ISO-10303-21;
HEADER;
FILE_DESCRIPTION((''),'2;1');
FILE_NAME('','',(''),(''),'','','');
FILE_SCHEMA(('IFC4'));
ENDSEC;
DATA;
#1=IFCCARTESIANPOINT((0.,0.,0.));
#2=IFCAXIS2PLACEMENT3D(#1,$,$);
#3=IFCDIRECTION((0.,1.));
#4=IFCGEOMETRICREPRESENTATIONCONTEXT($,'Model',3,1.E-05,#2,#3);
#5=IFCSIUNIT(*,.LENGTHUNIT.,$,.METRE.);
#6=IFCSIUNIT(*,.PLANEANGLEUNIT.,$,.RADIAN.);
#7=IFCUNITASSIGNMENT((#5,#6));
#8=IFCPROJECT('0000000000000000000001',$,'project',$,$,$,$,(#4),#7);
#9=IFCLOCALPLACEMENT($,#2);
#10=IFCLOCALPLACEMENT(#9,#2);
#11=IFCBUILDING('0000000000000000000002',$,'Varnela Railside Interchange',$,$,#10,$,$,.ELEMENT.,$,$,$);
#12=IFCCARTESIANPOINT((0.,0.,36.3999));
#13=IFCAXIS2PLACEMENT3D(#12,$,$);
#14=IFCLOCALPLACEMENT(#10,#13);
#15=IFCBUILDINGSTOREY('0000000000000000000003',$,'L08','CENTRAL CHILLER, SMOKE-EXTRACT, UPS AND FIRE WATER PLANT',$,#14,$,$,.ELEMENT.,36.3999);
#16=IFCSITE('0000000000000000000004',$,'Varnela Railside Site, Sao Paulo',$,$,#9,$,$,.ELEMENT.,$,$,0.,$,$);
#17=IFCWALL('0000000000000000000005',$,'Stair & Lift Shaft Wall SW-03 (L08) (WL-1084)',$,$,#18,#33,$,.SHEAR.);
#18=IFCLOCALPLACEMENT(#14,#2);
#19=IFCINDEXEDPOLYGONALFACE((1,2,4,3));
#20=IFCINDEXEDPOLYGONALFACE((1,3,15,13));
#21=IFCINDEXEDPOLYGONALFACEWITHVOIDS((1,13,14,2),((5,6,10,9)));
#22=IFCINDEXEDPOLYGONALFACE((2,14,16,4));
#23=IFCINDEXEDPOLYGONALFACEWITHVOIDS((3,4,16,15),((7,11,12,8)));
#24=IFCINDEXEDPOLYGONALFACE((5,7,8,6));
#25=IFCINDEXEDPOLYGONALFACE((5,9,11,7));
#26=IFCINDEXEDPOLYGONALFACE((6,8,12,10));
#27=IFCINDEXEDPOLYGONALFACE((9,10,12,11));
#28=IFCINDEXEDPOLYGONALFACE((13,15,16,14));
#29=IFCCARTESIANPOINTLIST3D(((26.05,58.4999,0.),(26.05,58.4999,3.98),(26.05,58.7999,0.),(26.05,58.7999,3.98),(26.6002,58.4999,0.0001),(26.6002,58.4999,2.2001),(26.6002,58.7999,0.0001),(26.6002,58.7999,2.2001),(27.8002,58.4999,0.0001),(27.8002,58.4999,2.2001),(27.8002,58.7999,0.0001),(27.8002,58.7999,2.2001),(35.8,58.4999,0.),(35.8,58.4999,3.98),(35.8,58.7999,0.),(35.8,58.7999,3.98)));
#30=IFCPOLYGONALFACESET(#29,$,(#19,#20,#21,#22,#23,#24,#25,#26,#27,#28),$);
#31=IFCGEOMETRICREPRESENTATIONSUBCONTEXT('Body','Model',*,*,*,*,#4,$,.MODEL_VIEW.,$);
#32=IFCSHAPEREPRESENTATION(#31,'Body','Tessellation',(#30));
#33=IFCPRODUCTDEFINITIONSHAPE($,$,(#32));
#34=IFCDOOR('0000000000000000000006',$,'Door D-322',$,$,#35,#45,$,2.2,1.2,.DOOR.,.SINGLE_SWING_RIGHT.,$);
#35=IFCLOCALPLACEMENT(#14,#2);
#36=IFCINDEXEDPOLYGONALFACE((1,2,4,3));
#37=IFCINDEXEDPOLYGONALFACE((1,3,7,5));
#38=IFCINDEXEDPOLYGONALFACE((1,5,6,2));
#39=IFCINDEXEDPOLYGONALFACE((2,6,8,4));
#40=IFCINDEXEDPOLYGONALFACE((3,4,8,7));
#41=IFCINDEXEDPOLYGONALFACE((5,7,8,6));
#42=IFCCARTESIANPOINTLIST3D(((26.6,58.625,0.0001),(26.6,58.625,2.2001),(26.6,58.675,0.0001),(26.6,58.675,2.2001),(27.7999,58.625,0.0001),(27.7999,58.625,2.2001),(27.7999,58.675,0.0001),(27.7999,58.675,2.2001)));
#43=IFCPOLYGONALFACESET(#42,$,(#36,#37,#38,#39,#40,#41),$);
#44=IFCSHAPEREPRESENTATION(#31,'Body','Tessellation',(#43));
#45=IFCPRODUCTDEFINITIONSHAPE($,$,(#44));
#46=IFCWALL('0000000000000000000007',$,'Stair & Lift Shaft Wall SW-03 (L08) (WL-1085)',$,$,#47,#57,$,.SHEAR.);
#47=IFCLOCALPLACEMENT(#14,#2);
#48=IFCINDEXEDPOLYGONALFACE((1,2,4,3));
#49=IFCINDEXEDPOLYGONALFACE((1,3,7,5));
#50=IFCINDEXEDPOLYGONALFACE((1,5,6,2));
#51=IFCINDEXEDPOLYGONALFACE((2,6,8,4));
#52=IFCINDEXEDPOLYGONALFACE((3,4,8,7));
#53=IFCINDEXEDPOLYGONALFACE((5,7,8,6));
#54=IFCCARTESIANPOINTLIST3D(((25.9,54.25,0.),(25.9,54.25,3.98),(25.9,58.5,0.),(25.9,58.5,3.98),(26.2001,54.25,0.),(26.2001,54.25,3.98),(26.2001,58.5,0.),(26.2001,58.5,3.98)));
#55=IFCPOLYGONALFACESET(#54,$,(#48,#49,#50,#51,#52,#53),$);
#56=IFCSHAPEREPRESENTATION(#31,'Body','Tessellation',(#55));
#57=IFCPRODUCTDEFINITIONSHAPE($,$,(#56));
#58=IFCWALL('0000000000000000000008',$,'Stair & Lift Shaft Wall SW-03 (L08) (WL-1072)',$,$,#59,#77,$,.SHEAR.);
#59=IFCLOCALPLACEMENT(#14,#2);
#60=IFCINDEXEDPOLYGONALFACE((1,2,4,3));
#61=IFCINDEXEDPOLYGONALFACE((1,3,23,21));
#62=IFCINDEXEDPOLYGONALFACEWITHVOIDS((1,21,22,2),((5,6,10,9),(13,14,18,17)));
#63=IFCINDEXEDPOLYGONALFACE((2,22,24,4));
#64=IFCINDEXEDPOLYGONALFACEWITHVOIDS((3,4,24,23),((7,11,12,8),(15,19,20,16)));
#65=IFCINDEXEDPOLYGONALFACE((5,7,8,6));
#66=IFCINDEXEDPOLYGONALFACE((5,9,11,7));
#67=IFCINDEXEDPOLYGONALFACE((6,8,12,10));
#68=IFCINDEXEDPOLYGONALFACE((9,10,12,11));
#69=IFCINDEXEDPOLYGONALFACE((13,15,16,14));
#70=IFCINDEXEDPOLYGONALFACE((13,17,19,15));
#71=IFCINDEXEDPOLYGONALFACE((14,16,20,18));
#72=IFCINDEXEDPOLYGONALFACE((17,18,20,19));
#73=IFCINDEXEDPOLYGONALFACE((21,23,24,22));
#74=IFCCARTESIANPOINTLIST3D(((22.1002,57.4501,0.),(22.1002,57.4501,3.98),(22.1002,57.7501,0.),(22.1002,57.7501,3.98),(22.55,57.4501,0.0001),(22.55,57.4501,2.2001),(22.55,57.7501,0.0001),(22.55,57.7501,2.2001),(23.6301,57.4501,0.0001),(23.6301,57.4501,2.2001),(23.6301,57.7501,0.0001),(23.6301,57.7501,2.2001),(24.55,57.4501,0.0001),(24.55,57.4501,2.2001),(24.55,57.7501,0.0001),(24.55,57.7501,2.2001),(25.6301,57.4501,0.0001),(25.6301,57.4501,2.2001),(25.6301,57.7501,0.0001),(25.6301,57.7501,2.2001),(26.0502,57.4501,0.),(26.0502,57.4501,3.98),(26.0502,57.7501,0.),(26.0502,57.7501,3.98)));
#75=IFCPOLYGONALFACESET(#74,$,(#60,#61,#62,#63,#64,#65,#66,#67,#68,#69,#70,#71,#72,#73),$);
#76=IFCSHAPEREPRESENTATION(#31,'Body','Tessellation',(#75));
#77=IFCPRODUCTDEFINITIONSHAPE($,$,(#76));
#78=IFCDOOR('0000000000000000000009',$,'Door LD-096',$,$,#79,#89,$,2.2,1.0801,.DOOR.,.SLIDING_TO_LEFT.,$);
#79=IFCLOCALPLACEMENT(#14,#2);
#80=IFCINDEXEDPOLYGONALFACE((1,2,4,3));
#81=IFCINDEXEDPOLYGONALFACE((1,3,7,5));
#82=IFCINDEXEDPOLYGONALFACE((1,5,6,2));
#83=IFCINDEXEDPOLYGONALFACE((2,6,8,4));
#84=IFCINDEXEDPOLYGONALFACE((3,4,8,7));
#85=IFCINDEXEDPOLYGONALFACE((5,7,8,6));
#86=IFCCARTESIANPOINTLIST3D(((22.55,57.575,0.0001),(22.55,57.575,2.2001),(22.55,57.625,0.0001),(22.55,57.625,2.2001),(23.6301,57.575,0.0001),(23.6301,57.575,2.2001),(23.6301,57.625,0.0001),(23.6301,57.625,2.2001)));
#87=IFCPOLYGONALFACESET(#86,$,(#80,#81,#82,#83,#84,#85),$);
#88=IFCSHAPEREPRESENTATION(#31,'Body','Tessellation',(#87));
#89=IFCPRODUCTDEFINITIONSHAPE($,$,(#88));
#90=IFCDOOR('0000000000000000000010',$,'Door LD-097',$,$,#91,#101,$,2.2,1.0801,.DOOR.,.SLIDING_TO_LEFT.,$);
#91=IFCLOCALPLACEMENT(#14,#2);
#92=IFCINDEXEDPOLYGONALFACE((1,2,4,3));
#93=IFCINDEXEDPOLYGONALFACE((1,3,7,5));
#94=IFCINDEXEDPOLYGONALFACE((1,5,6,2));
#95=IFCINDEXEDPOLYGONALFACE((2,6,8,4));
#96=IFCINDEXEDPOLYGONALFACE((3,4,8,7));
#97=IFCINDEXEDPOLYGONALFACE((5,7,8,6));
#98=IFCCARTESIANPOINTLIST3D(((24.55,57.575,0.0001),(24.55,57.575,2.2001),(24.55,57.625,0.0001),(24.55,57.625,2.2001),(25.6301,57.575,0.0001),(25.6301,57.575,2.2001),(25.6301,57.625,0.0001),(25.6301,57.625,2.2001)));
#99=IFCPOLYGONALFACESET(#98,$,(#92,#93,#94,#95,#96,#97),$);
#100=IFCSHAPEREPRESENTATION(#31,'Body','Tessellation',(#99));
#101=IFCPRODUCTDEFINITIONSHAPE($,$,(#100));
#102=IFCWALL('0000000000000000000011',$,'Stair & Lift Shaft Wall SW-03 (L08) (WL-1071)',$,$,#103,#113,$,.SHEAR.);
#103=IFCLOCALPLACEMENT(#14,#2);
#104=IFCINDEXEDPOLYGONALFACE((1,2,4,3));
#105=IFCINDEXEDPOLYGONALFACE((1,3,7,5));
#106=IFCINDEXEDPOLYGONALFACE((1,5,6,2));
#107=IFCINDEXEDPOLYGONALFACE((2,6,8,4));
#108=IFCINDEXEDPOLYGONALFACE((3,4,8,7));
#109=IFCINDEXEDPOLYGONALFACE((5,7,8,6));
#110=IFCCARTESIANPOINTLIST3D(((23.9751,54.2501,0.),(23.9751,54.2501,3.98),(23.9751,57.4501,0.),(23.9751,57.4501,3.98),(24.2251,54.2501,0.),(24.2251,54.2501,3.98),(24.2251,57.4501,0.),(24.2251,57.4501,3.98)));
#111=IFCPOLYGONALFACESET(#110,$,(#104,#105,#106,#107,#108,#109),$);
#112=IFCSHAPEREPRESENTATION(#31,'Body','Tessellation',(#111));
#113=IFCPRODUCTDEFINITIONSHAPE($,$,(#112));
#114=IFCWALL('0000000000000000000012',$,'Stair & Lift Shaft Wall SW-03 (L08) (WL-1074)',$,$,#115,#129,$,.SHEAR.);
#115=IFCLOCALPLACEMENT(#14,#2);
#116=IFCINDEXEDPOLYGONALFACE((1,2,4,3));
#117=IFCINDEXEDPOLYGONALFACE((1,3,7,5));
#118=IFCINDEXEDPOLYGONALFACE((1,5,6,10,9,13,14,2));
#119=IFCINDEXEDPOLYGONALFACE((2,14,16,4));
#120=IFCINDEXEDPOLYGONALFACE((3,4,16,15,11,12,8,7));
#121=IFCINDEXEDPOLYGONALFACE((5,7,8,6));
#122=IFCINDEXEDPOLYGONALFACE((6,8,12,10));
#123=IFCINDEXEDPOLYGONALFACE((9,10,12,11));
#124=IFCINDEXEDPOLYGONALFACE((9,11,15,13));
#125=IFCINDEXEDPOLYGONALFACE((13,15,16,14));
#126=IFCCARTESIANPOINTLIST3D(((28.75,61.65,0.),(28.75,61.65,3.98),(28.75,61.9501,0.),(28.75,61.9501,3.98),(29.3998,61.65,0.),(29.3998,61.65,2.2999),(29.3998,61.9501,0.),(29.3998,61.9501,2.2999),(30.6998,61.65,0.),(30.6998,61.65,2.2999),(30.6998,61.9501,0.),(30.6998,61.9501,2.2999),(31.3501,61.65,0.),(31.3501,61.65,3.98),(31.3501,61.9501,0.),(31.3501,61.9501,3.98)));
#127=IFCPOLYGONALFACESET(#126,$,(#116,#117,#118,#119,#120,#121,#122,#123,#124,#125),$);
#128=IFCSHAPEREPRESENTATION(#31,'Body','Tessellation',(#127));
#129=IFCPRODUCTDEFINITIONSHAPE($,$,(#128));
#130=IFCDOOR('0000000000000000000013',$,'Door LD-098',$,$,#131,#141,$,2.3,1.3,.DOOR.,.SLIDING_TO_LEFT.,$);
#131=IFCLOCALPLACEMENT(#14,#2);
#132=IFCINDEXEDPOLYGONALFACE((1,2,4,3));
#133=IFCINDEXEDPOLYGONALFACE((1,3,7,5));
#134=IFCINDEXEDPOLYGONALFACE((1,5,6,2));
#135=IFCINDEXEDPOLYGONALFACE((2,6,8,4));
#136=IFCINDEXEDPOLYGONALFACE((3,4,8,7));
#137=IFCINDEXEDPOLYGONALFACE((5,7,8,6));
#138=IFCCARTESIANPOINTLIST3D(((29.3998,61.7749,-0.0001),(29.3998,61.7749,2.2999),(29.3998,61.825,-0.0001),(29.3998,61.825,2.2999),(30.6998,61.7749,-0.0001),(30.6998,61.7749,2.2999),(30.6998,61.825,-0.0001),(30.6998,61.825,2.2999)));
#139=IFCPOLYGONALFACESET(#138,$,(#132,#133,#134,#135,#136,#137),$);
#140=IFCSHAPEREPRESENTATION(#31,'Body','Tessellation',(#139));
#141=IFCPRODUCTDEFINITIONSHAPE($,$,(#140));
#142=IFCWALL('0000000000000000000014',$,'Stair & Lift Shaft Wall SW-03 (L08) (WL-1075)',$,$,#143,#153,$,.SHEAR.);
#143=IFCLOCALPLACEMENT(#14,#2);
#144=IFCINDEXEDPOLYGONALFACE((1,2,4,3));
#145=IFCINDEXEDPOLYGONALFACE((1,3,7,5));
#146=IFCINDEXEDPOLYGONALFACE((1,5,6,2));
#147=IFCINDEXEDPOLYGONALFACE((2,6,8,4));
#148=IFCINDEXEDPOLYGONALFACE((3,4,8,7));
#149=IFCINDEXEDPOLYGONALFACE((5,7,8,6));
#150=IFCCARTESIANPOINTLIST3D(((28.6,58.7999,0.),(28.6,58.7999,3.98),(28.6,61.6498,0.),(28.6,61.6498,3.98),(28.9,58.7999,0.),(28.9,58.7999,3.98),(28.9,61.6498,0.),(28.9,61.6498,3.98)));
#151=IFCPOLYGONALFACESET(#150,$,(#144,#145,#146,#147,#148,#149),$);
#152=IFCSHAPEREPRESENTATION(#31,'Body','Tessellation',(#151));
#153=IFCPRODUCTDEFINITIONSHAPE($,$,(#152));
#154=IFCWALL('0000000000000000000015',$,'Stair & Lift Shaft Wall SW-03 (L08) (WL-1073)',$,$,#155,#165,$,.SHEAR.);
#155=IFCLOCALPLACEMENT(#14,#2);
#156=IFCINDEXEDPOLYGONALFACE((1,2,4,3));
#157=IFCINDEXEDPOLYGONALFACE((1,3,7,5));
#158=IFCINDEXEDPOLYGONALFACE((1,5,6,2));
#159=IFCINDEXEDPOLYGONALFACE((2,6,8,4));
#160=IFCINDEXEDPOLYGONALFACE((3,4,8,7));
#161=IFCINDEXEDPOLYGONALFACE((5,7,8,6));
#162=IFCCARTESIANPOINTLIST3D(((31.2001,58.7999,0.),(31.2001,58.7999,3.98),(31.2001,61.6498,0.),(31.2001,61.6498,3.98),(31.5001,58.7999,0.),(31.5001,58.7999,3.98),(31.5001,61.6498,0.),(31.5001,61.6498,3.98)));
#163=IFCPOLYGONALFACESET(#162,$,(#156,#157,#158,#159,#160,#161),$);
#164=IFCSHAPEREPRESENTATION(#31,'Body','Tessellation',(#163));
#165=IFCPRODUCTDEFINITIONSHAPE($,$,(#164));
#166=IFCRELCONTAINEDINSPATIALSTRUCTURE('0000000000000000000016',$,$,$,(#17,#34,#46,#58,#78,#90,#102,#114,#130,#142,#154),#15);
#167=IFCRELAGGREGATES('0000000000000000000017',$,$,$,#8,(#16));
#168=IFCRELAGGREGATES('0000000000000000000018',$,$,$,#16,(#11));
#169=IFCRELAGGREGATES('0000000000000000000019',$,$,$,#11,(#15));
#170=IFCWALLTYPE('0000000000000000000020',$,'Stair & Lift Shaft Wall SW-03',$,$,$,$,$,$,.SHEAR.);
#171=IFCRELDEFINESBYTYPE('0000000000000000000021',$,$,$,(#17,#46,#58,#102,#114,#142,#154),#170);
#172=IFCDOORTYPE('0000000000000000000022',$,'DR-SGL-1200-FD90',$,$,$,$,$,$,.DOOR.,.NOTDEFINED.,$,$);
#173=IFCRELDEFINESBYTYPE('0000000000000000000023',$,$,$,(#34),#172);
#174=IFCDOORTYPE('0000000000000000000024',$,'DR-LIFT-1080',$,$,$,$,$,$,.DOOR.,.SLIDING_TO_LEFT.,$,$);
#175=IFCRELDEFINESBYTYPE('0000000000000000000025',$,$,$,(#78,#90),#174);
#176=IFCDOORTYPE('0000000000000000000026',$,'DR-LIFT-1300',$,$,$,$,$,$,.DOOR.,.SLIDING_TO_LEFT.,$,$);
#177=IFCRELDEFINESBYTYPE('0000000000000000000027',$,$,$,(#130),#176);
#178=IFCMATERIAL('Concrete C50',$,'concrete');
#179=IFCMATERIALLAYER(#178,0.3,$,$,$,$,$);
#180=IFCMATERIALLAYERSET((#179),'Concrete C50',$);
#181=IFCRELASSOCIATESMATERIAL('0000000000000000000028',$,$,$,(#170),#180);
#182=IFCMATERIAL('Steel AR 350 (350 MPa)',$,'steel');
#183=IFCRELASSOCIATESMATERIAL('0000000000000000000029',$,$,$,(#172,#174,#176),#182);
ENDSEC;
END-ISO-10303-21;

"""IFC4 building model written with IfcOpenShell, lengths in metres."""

from ifc_helpers import new_model, si_unit, direction, frame, frame_2d, origin, place, context, subcontext, project, spatial, rectangle, extrude, material, layer, layer_set, type_object, element, fill, save


model = new_model("IFC4")

# Units and contexts
model_context = context("Model", 3, precision=1e-05, world=origin(), true_north=direction((0.0, 1.0)))
body_context = subcontext(model_context, "Body", "Model", "MODEL_VIEW")
ifc_project = project(units=[si_unit("LENGTHUNIT", "METRE"), si_unit("PLANEANGLEUNIT", "RADIAN")], contexts=[model_context])

# Site, building, storey
site_placement = place(None, origin())
site = spatial("IfcSite", under=ifc_project, at=site_placement, Name="Varnela Railside Site, Sao Paulo", CompositionType="ELEMENT", RefElevation=0.0)
building_placement = place(site_placement, origin())
building = spatial("IfcBuilding", under=site, at=building_placement, Name="Varnela Railside Interchange", CompositionType="ELEMENT")
storey_placement = place(building_placement, frame((0.0, 0.0, 36.3999)))
storey = spatial("IfcBuildingStorey", under=building, at=storey_placement, Name="L08", Description="CENTRAL CHILLER, SMOKE-EXTRACT, UPS AND FIRE WATER PLANT", CompositionType="ELEMENT", Elevation=36.3999)

# Shared definitions
ifc_material_1 = material(Name="Steel AR 350 (350 MPa)", Category="steel")

# Shared definitions
ifc_material_2 = material(Name="Concrete C50", Category="concrete")

# Shared definitions
ifc_layer_1 = layer(ifc_material_2, 0.3)
ifc_layer_set_1 = layer_set([ifc_layer_1], Name="Concrete C50")
wall_type_1 = type_object("IfcWallType", Name="Stair & Lift Shaft Wall SW-03", PredefinedType="SHEAR", material=ifc_layer_set_1)
door_type_1 = type_object("IfcDoorType", Name="DR-SGL-1200-FD90", OperationType="NOTDEFINED", PredefinedType="DOOR", material=ifc_material_1)

# Wall, opening, door
wall_1_placement = place(storey_placement, frame((26.05, 58.6499, 0.0), z_axis=(0.0, 0.0, 1.0), x_axis=(1.0, 0.0, 0.0)))
wall_1 = element("IfcWall", 1, at=wall_1_placement, inside=storey, type_object=wall_type_1, Name="Stair & Lift Shaft Wall SW-03 (L08) (WL-1084)", PredefinedType="SHEAR", context=body_context, shape_type="SweptSolid", body=[
    extrude(rectangle(XDim=9.75, YDim=0.3, at=frame_2d((4.875, 0.0))), origin(), (0.0, 0.0, 1.0), 3.98),
])
opening_1_placement = place(wall_1_placement, frame((0.55, 0.0, 0.0)))
opening_1 = element("IfcOpeningElement", 2, at=opening_1_placement, cuts=wall_1, PredefinedType="OPENING", context=body_context, shape_type="SweptSolid", body=[
    extrude(rectangle(XDim=1.2, YDim=2.2, at=frame_2d((0.6001, 1.1001))), frame((0.0, 0.1599, 0.0), z_axis=(0.0, -1.0, 0.0), x_axis=(1.0, 0.0, 0.0)), (0.0, 0.0, 1.0), 0.3201),
])
door_1_placement = place(opening_1_placement, frame((1.2, 0.0, 0.0), z_axis=(0.0, 0.0, 1.0), x_axis=(-1.0, 0.0, 0.0)))
door_1 = element("IfcDoor", 3, at=door_1_placement, inside=storey, type_object=door_type_1, Name="Door D-322", OperationType="SINGLE_SWING_RIGHT", OverallHeight=2.2, OverallWidth=1.2, PredefinedType="DOOR", context=body_context, shape_type="SweptSolid", body=[
    extrude(rectangle(XDim=1.2, YDim=2.2, at=frame_2d((0.6001, 1.1001))), frame((0.0, 0.0249, 0.0), z_axis=(0.0, -1.0, 0.0), x_axis=(1.0, 0.0, 0.0)), (0.0, 0.0, 1.0), 0.05),
])
fill(opening_1, door_1)

# Wall
wall_2_placement = place(storey_placement, frame((26.05, 54.25, 0.0), z_axis=(0.0, 0.0, 1.0), x_axis=(0.0, 1.0, 0.0)))
element("IfcWall", 4, at=wall_2_placement, inside=storey, type_object=wall_type_1, Name="Stair & Lift Shaft Wall SW-03 (L08) (WL-1085)", PredefinedType="SHEAR", context=body_context, shape_type="SweptSolid", body=[
    extrude(rectangle(XDim=4.25, YDim=0.3, at=frame_2d((2.125, 0.0))), origin(), (0.0, 0.0, 1.0), 3.98),
])

# Wall, openings, doors
wall_3_placement = place(storey_placement, frame((22.1001, 57.6001, 0.0), z_axis=(0.0, 0.0, 1.0), x_axis=(1.0, 0.0, 0.0)))
wall_3 = element("IfcWall", 5, at=wall_3_placement, inside=storey, type_object=wall_type_1, Name="Stair & Lift Shaft Wall SW-03 (L08) (WL-1072)", PredefinedType="SHEAR", context=body_context, shape_type="SweptSolid", body=[
    extrude(rectangle(XDim=3.95, YDim=0.3, at=frame_2d((1.9751, 0.0))), origin(), (0.0, 0.0, 1.0), 3.98),
])
opening_2_placement = place(wall_3_placement, frame((0.45, 0.0, 0.0)))
opening_2 = element("IfcOpeningElement", 6, at=opening_2_placement, cuts=wall_3, PredefinedType="OPENING", context=body_context, shape_type="SweptSolid", body=[
    extrude(rectangle(XDim=1.0801, YDim=2.2, at=frame_2d((0.54, 1.1001))), frame((0.0, 0.1599, 0.0), z_axis=(0.0, -1.0, 0.0), x_axis=(1.0, 0.0, 0.0)), (0.0, 0.0, 1.0), 0.3201),
])
opening_3_placement = place(wall_3_placement, frame((2.45, 0.0, 0.0)))
opening_3 = element("IfcOpeningElement", 7, at=opening_3_placement, cuts=wall_3, PredefinedType="OPENING", context=body_context, shape_type="SweptSolid", body=[
    extrude(rectangle(XDim=1.0801, YDim=2.2, at=frame_2d((0.54, 1.1001))), frame((0.0, 0.1599, 0.0), z_axis=(0.0, -1.0, 0.0), x_axis=(1.0, 0.0, 0.0)), (0.0, 0.0, 1.0), 0.3201),
])
door_type_2 = type_object("IfcDoorType", Name="DR-LIFT-1080", OperationType="SLIDING_TO_LEFT", PredefinedType="DOOR", material=ifc_material_1)
door_2_placement = place(opening_2_placement, origin())
door_2 = element("IfcDoor", 8, at=door_2_placement, inside=storey, type_object=door_type_2, Name="Door LD-096", OperationType="SLIDING_TO_LEFT", OverallHeight=2.2, OverallWidth=1.0801, PredefinedType="DOOR", context=body_context, shape_type="SweptSolid", body=[
    extrude(rectangle(XDim=1.0801, YDim=2.2, at=frame_2d((0.54, 1.1001))), frame((0.0, 0.0249, 0.0), z_axis=(0.0, -1.0, 0.0), x_axis=(1.0, 0.0, 0.0)), (0.0, 0.0, 1.0), 0.05),
])
fill(opening_2, door_2)
door_3_placement = place(opening_3_placement, origin())
door_3 = element("IfcDoor", 9, at=door_3_placement, inside=storey, type_object=door_type_2, Name="Door LD-097", OperationType="SLIDING_TO_LEFT", OverallHeight=2.2, OverallWidth=1.0801, PredefinedType="DOOR", context=body_context, shape_type="SweptSolid", body=[
    extrude(rectangle(XDim=1.0801, YDim=2.2, at=frame_2d((0.54, 1.1001))), frame((0.0, 0.0249, 0.0), z_axis=(0.0, -1.0, 0.0), x_axis=(1.0, 0.0, 0.0)), (0.0, 0.0, 1.0), 0.05),
])
fill(opening_3, door_3)

# Wall
wall_4_placement = place(storey_placement, frame((24.1001, 54.25, 0.0), z_axis=(0.0, 0.0, 1.0), x_axis=(0.0, 1.0, 0.0)))
element("IfcWall", 10, at=wall_4_placement, inside=storey, type_object=wall_type_1, Name="Stair & Lift Shaft Wall SW-03 (L08) (WL-1071)", PredefinedType="SHEAR", context=body_context, shape_type="SweptSolid", body=[
    extrude(rectangle(XDim=3.2, YDim=0.25, at=frame_2d((1.6001, 0.0))), origin(), (0.0, 0.0, 1.0), 3.98),
])

# Wall, opening, door
wall_5_placement = place(storey_placement, frame((28.75, 61.8, 0.0), z_axis=(0.0, 0.0, 1.0), x_axis=(1.0, 0.0, 0.0)))
wall_5 = element("IfcWall", 11, at=wall_5_placement, inside=storey, type_object=wall_type_1, Name="Stair & Lift Shaft Wall SW-03 (L08) (WL-1074)", PredefinedType="SHEAR", context=body_context, shape_type="SweptSolid", body=[
    extrude(rectangle(XDim=2.6001, YDim=0.3, at=frame_2d((1.3, 0.0))), origin(), (0.0, 0.0, 1.0), 3.98),
])
opening_4_placement = place(wall_5_placement, frame((0.6499, 0.0, 0.0)))
opening_4 = element("IfcOpeningElement", 12, at=opening_4_placement, cuts=wall_5, PredefinedType="OPENING", context=body_context, shape_type="SweptSolid", body=[
    extrude(rectangle(XDim=1.3, YDim=2.3, at=frame_2d((0.6499, 1.1499))), frame((0.0, 0.1599, 0.0), z_axis=(0.0, -1.0, 0.0), x_axis=(1.0, 0.0, 0.0)), (0.0, 0.0, 1.0), 0.3201),
])
door_type_3 = type_object("IfcDoorType", Name="DR-LIFT-1300", OperationType="SLIDING_TO_LEFT", PredefinedType="DOOR", material=ifc_material_1)
door_4_placement = place(opening_4_placement, origin())
door_4 = element("IfcDoor", 13, at=door_4_placement, inside=storey, type_object=door_type_3, Name="Door LD-098", OperationType="SLIDING_TO_LEFT", OverallHeight=2.3, OverallWidth=1.3, PredefinedType="DOOR", context=body_context, shape_type="SweptSolid", body=[
    extrude(rectangle(XDim=1.3, YDim=2.3, at=frame_2d((0.6499, 1.1499))), frame((0.0, 0.0249, 0.0), z_axis=(0.0, -1.0, 0.0), x_axis=(1.0, 0.0, 0.0)), (0.0, 0.0, 1.0), 0.05),
])
fill(opening_4, door_4)

# Walls
for number, where, z_axis, x_axis, name in (
    (14, (28.75, 58.8, 0.0), (0.0, 0.0, 1.0), (0.0, 1.0, 0.0), "Stair & Lift Shaft Wall SW-03 (L08) (WL-1075)"),
    (15, (31.3501, 58.8, 0.0), (0.0, 0.0, 1.0), (0.0, 1.0, 0.0), "Stair & Lift Shaft Wall SW-03 (L08) (WL-1073)"),
):
    element("IfcWall", number, at=place(storey_placement, frame(where, z_axis=z_axis, x_axis=x_axis)), inside=storey, type_object=wall_type_1, Name=name, PredefinedType="SHEAR", context=body_context, shape_type="SweptSolid", body=[
        extrude(rectangle(XDim=2.8499, YDim=0.3, at=frame_2d((1.4248, 0.0))), origin(), (0.0, 0.0, 1.0), 3.98),
    ])

save(model, "model.ifc")
